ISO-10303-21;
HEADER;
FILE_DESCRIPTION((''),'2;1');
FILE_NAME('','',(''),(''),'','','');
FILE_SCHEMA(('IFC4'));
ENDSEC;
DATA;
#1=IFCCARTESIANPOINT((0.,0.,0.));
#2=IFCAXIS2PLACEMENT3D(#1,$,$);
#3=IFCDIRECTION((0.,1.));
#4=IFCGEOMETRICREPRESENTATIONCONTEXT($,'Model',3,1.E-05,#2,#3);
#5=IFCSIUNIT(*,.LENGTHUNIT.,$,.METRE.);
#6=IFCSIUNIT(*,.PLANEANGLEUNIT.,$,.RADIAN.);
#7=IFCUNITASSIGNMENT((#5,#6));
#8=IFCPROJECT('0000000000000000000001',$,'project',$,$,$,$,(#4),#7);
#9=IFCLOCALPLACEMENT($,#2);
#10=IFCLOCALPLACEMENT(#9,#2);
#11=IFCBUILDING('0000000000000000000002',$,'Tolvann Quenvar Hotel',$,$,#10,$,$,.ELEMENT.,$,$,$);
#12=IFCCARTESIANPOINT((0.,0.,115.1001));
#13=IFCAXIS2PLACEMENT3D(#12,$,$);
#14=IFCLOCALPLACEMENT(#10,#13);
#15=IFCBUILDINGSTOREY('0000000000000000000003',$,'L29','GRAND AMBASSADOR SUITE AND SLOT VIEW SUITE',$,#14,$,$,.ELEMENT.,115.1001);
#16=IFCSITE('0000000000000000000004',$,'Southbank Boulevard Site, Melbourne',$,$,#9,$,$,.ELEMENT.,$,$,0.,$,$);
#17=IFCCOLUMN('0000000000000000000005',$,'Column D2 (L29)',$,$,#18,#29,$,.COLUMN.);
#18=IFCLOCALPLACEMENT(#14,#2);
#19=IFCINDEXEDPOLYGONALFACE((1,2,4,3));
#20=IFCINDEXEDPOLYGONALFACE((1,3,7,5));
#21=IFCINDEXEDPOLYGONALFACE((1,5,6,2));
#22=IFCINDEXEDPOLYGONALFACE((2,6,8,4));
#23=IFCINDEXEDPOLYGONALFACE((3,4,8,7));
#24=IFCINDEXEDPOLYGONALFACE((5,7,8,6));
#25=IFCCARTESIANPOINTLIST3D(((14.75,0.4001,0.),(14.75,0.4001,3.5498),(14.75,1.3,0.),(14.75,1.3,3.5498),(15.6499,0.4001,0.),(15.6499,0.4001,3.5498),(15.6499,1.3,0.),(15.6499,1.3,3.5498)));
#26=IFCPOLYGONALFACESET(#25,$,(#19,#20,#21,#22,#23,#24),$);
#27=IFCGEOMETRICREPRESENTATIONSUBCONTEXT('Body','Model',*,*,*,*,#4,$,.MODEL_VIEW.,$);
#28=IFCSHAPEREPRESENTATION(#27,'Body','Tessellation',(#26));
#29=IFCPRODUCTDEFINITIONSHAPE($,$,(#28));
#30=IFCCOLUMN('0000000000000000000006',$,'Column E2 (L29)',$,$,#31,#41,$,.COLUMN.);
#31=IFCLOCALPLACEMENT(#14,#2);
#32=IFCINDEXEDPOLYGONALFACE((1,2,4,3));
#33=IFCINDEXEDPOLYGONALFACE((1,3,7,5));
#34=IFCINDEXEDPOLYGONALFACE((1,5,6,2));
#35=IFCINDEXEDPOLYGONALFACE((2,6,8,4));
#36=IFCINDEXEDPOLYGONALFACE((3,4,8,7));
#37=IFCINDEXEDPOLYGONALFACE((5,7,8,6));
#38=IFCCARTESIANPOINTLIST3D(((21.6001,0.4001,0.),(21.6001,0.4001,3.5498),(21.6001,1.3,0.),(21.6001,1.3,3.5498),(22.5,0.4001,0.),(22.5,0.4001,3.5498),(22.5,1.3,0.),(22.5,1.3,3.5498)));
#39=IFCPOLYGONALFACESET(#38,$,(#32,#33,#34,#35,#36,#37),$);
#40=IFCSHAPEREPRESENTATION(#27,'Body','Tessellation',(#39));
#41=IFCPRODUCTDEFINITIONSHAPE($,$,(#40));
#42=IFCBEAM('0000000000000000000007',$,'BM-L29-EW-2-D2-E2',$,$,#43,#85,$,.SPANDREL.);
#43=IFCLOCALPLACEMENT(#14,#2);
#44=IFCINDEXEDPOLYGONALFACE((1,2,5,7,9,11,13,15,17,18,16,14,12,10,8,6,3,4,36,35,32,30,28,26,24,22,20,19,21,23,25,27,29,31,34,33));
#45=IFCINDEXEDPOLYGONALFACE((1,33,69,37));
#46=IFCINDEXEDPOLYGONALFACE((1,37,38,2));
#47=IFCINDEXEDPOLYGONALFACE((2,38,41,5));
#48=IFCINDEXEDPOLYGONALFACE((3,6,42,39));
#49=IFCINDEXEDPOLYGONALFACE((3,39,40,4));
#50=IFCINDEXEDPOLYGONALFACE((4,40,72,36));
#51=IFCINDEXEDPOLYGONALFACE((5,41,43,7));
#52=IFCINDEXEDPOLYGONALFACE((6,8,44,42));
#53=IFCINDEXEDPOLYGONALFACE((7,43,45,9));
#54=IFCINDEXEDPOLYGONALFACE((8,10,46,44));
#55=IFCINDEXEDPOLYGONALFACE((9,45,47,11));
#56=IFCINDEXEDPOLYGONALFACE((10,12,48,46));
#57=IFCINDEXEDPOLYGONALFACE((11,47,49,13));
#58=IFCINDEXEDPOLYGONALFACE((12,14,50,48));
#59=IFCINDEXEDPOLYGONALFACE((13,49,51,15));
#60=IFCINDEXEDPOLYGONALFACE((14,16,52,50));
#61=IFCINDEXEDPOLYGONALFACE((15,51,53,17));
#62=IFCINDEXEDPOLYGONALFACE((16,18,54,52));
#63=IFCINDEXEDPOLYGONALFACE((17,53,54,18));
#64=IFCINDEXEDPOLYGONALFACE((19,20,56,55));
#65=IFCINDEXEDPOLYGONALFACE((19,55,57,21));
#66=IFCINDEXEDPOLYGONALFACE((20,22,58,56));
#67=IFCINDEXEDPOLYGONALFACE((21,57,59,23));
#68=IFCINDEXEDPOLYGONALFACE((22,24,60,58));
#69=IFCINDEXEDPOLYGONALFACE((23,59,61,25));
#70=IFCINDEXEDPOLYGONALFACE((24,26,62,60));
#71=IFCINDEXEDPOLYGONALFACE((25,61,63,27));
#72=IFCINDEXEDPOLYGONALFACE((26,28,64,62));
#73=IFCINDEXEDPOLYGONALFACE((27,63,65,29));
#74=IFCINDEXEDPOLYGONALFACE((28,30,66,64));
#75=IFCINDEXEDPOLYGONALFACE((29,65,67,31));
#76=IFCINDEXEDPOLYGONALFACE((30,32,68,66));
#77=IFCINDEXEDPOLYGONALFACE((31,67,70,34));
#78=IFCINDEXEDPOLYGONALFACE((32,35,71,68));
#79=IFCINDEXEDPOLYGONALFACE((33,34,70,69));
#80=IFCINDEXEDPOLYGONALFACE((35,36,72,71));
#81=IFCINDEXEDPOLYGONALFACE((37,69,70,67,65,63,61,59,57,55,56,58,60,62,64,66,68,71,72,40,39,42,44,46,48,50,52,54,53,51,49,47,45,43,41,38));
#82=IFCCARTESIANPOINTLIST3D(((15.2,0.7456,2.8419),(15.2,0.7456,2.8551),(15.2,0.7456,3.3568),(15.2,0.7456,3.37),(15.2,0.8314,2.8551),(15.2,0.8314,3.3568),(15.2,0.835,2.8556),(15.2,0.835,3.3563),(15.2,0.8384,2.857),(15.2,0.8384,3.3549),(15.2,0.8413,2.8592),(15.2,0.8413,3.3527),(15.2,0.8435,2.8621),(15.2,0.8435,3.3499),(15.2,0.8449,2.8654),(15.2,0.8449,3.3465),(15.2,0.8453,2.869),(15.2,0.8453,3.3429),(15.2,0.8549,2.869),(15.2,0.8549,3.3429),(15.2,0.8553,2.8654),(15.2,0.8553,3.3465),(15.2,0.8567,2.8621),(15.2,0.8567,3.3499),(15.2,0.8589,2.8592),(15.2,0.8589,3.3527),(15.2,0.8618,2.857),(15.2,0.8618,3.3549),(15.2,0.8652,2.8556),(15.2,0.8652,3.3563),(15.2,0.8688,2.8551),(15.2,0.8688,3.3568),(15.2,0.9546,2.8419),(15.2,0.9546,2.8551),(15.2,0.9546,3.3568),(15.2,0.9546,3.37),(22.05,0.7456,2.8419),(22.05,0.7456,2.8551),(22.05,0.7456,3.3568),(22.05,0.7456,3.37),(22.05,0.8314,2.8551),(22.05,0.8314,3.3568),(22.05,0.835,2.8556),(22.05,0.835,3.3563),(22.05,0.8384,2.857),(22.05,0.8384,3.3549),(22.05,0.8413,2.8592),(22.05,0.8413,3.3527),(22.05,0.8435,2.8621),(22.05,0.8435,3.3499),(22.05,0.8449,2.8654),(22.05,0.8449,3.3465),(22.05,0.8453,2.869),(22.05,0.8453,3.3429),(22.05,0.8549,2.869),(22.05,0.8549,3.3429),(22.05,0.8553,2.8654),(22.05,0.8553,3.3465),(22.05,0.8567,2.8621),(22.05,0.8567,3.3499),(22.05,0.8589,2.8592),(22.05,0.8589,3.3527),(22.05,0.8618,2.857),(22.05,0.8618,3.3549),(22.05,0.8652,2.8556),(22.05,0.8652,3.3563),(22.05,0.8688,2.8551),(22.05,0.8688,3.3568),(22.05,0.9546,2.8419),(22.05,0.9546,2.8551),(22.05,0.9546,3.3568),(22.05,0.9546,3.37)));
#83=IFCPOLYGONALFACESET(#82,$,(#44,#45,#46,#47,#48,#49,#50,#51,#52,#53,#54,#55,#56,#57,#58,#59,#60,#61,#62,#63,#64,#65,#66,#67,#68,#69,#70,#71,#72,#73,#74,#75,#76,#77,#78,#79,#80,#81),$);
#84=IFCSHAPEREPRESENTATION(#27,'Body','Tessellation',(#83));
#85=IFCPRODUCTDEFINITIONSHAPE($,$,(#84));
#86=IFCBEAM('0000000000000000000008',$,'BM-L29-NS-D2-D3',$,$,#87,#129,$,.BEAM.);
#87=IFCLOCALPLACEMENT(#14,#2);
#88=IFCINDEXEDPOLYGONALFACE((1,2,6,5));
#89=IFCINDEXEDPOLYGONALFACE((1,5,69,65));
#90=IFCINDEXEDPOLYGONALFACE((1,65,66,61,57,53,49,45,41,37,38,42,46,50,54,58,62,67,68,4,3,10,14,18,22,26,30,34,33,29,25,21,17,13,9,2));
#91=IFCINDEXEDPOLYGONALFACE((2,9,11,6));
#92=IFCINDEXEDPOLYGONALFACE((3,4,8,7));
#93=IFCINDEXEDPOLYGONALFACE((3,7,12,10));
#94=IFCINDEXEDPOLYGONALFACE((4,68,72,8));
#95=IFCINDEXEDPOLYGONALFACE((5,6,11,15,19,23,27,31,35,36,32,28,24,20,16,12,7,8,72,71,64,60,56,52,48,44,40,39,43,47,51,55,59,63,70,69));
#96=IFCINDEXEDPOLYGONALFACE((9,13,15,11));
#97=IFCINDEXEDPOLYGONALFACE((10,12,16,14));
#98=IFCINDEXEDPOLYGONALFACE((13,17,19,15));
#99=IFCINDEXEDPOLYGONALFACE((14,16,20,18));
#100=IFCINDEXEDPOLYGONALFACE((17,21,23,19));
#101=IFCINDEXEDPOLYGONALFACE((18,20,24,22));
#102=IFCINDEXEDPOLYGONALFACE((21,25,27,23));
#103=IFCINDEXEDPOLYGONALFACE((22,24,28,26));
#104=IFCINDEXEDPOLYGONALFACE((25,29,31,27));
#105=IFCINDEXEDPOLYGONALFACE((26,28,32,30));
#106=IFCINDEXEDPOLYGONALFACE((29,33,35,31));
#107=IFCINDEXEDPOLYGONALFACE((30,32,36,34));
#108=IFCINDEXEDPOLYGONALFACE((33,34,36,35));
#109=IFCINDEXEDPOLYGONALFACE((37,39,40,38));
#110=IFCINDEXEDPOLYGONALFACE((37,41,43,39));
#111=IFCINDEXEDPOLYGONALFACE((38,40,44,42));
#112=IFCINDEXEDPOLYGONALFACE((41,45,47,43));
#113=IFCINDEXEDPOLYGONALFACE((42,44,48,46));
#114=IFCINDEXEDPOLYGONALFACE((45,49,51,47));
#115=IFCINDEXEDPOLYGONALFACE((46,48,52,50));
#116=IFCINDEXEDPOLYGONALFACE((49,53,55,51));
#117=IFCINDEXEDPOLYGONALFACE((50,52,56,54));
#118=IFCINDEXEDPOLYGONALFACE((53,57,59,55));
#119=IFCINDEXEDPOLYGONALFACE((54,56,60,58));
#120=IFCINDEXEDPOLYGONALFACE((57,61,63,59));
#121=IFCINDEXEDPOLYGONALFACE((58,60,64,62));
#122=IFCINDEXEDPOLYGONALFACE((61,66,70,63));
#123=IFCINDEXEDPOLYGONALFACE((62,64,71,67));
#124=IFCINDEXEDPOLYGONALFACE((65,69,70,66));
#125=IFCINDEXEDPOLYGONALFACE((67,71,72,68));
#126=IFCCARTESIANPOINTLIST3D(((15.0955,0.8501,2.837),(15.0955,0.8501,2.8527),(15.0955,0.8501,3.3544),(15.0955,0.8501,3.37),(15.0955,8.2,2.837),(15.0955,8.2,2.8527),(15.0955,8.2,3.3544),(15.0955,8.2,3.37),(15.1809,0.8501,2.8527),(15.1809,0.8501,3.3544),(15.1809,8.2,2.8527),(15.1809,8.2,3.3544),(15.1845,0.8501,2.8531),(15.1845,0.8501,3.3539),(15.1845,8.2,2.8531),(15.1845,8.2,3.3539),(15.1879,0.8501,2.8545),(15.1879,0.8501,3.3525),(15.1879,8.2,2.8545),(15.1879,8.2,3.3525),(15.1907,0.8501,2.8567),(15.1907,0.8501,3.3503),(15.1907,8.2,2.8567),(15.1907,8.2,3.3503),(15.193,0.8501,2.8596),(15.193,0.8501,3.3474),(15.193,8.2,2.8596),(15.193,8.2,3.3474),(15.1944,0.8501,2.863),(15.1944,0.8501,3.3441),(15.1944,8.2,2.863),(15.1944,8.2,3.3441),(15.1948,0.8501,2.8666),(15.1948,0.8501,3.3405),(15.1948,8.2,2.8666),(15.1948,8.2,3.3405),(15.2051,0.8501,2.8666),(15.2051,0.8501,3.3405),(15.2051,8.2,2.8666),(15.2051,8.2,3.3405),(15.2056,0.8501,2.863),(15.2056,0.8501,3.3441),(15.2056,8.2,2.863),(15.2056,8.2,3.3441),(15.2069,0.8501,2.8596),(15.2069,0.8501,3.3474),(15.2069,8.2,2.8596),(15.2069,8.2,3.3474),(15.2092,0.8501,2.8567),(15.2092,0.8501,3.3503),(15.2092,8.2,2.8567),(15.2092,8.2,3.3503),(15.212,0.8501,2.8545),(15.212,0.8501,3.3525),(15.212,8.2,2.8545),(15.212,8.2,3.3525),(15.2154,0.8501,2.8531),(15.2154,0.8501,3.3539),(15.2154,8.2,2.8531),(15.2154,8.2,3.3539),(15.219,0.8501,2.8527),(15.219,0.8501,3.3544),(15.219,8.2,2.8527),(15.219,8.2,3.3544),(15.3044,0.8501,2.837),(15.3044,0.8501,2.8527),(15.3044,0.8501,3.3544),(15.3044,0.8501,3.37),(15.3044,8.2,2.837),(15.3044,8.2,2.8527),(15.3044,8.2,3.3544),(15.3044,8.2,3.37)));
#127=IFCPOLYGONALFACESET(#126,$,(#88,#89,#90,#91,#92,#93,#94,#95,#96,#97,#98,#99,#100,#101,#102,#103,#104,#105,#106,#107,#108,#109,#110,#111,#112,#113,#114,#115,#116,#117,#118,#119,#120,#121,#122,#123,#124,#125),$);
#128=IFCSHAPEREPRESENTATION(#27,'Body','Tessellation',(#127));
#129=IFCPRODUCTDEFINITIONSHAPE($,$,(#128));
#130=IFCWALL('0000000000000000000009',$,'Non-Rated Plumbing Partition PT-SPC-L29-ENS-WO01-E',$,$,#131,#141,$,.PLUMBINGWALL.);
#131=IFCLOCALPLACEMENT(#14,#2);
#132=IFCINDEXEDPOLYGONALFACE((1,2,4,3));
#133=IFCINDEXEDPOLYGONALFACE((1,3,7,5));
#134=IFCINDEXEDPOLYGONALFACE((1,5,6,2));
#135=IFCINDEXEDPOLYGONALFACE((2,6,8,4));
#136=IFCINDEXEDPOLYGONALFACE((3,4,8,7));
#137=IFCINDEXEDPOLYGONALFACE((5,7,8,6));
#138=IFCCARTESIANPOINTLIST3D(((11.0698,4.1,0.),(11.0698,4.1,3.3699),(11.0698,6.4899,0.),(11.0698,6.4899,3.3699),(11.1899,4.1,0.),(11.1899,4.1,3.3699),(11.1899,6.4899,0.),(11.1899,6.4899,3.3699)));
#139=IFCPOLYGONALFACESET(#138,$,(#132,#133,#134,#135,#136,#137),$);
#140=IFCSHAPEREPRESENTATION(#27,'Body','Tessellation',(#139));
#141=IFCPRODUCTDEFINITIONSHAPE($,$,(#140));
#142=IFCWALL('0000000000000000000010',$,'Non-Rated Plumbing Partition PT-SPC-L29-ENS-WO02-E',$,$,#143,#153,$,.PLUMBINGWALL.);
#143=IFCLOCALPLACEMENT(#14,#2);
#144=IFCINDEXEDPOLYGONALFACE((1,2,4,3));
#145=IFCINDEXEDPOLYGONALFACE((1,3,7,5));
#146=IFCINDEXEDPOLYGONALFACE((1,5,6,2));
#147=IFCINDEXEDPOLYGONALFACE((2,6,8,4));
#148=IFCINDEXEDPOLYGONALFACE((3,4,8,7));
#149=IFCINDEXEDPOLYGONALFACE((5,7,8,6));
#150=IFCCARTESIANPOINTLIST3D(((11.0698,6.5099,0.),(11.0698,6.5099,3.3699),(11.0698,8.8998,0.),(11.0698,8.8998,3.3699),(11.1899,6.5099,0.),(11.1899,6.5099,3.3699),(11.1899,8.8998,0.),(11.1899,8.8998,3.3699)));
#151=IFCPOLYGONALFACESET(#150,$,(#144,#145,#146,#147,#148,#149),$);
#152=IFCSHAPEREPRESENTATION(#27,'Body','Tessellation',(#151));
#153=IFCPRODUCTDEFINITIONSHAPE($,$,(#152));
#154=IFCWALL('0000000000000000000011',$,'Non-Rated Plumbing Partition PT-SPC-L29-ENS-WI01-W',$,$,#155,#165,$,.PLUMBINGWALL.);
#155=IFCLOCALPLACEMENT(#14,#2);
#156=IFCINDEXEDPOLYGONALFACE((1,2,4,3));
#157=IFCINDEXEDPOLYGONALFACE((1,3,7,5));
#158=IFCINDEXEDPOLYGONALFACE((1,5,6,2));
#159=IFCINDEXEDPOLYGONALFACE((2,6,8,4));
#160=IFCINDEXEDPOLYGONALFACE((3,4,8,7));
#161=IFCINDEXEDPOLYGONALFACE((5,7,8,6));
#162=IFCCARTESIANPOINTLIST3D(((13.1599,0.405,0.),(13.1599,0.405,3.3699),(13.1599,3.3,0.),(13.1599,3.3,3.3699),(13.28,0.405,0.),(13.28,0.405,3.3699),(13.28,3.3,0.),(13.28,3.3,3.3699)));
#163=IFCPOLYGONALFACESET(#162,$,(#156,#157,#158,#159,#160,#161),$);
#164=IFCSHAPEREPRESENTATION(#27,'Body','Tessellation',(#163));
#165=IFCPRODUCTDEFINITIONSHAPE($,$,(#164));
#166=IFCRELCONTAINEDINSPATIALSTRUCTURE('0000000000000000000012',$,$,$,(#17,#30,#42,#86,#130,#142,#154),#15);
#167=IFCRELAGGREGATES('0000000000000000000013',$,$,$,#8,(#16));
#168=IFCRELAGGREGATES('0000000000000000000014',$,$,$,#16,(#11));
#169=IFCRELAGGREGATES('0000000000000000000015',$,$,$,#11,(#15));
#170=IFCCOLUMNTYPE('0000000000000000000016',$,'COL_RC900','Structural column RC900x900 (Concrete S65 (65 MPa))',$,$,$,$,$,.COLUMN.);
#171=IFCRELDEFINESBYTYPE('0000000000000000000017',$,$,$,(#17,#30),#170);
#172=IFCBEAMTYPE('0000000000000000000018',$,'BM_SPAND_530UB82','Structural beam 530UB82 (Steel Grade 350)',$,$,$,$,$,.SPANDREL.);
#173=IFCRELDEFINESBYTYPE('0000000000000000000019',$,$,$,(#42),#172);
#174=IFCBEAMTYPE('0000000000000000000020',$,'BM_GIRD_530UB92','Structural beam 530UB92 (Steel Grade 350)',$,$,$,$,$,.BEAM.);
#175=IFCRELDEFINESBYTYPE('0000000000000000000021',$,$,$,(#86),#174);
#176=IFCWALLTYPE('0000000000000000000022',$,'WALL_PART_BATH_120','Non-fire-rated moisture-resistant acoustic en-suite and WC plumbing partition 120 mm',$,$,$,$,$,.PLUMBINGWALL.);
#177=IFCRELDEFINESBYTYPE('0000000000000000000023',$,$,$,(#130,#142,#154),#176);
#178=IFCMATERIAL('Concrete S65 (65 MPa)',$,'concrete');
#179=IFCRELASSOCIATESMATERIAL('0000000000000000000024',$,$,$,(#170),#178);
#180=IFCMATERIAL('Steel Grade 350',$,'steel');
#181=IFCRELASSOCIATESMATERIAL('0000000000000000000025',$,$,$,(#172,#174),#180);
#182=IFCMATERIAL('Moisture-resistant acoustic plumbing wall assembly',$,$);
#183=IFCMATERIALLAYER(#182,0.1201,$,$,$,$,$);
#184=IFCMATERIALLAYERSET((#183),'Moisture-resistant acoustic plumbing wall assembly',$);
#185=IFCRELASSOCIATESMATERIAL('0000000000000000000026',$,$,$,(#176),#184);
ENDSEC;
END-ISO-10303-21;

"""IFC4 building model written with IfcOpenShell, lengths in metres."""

from ifc_helpers import new_model, si_unit, direction, frame, frame_2d, origin, origin_2d, place, context, subcontext, project, spatial, rectangle, i_section, extrude, source, transform, mapped, material, layer, layer_set, material_profile, profile_set, type_object, type_shapes, element, save


model = new_model("IFC4")

# Units and contexts
model_context = context("Model", 3, precision=1e-05, world=origin(), true_north=direction((0.0, 1.0)))
body_context = subcontext(model_context, "Body", "Model", "MODEL_VIEW")
ifc_project = project(units=[si_unit("LENGTHUNIT", "METRE"), si_unit("PLANEANGLEUNIT", "RADIAN")], contexts=[model_context])

# Site, building, storey
site_placement = place(None, origin())
site = spatial("IfcSite", under=ifc_project, at=site_placement, Name="Southbank Boulevard Site, Melbourne", CompositionType="ELEMENT", RefElevation=0.0)
building_placement = place(site_placement, origin())
building = spatial("IfcBuilding", under=site, at=building_placement, Name="Tolvann Quenvar Hotel", CompositionType="ELEMENT")
storey_placement = place(building_placement, frame((0.0, 0.0, 115.1001)))
storey = spatial("IfcBuildingStorey", under=building, at=storey_placement, Name="L29", Description="GRAND AMBASSADOR SUITE AND SLOT VIEW SUITE", CompositionType="ELEMENT", Elevation=115.1001)

# Columns
ifc_material_1 = material(Name="Concrete S65 (65 MPa)", Category="concrete")
ifc_material_profile_1 = material_profile(ifc_material_1, rectangle(XDim=0.8999, YDim=0.8999, at=origin_2d()), Name="RC900x900")
ifc_profile_set_1 = profile_set([ifc_material_profile_1], Name="Concrete S65 (65 MPa)")
column_type = type_object("IfcColumnType", Name="COL_RC900", Description="Structural column RC900x900 (Concrete S65 (65 MPa))", PredefinedType="COLUMN", material=ifc_profile_set_1)
shared_shape_1 = source(origin(), body_context, "Body", "SweptSolid", [
    extrude(rectangle(XDim=0.8999, YDim=0.8999, at=origin_2d()), origin(), (0.0, 0.0, 1.0), 3.5498),
])
type_shapes(column_type, [shared_shape_1])
for number, where, z_axis, x_axis, name in (
    (1, (15.2, 0.8501, 0.0), (0.0, 0.0, 1.0), (1.0, 0.0, 0.0), "Column D2 (L29)"),
    (2, (22.05, 0.8501, 0.0), (0.0, 0.0, 1.0), (1.0, 0.0, 0.0), "Column E2 (L29)"),
):
    element("IfcColumn", number, at=place(storey_placement, frame(where, z_axis=z_axis, x_axis=x_axis)), inside=storey, type_object=column_type, Name=name, PredefinedType="COLUMN", context=body_context, shape_type="MappedRepresentation", body=[
        mapped(shared_shape_1, transform((0.0, 0.0, 0.0), x_axis=(1.0, 0.0, 0.0), y_axis=(0.0, 1.0, 0.0), z_axis=(0.0, 0.0, 1.0), scale=1.0)),
    ])

# Beams
ifc_material_2 = material(Name="Steel Grade 350", Category="steel")
ifc_material_profile_2 = material_profile(ifc_material_2, i_section(OverallWidth=0.209, OverallDepth=0.5281, WebThickness=0.0095, FlangeThickness=0.0132, FilletRadius=0.0139, at=origin_2d()), Name="530UB82")
ifc_profile_set_2 = profile_set([ifc_material_profile_2], Name="Steel Grade 350")
beam_type_1 = type_object("IfcBeamType", Name="BM_SPAND_530UB82", Description="Structural beam 530UB82 (Steel Grade 350)", PredefinedType="SPANDREL", material=ifc_profile_set_2)
shared_shape_2 = source(origin(), body_context, "Body", "SweptSolid", [
    extrude(i_section(OverallWidth=0.209, OverallDepth=0.5281, WebThickness=0.0095, FlangeThickness=0.0132, FilletRadius=0.0139, at=origin_2d()), origin(), (0.0, 0.0, 1.0), 6.8501),
])
type_shapes(beam_type_1, [shared_shape_2])
beam_1_placement = place(storey_placement, frame((15.2, 0.8501, 3.106), z_axis=(1.0, 0.0, 0.0), x_axis=(0.0, 1.0, 0.0)))
element("IfcBeam", 3, at=beam_1_placement, inside=storey, type_object=beam_type_1, Name="BM-L29-EW-2-D2-E2", PredefinedType="SPANDREL", context=body_context, shape_type="MappedRepresentation", body=[
    mapped(shared_shape_2, transform((0.0, 0.0, 0.0), x_axis=(1.0, 0.0, 0.0), y_axis=(0.0, 1.0, 0.0), z_axis=(0.0, 0.0, 1.0), scale=1.0)),
])
ifc_material_profile_3 = material_profile(ifc_material_2, i_section(OverallWidth=0.209, OverallDepth=0.533, WebThickness=0.0103, FlangeThickness=0.0156, FilletRadius=0.0139, at=origin_2d()), Name="530UB92")
ifc_profile_set_3 = profile_set([ifc_material_profile_3], Name="Steel Grade 350")
beam_type_2 = type_object("IfcBeamType", Name="BM_GIRD_530UB92", Description="Structural beam 530UB92 (Steel Grade 350)", PredefinedType="BEAM", material=ifc_profile_set_3)
shared_shape_3 = source(origin(), body_context, "Body", "SweptSolid", [
    extrude(i_section(OverallWidth=0.209, OverallDepth=0.533, WebThickness=0.0103, FlangeThickness=0.0156, FilletRadius=0.0139, at=origin_2d()), origin(), (0.0, 0.0, 1.0), 7.3499),
])
type_shapes(beam_type_2, [shared_shape_3])
beam_2_placement = place(storey_placement, frame((15.2, 0.8501, 3.1035), z_axis=(0.0, 1.0, 0.0), x_axis=(-1.0, 0.0, 0.0)))
element("IfcBeam", 4, at=beam_2_placement, inside=storey, type_object=beam_type_2, Name="BM-L29-NS-D2-D3", PredefinedType="BEAM", context=body_context, shape_type="MappedRepresentation", body=[
    mapped(shared_shape_3, transform((0.0, 0.0, 0.0), x_axis=(1.0, 0.0, 0.0), y_axis=(0.0, 1.0, 0.0), z_axis=(0.0, 0.0, 1.0), scale=1.0)),
])

# Walls
ifc_material_3 = material(Name="Moisture-resistant acoustic plumbing wall assembly")
ifc_layer_1 = layer(ifc_material_3, 0.1201)
ifc_layer_set_1 = layer_set([ifc_layer_1], Name="Moisture-resistant acoustic plumbing wall assembly")
wall_type_1 = type_object("IfcWallType", Name="WALL_PART_BATH_120", Description="Non-fire-rated moisture-resistant acoustic en-suite and WC plumbing partition 120 mm", PredefinedType="PLUMBINGWALL", material=ifc_layer_set_1)
for number, where, z_axis, x_axis, name in (
    (5, (11.1299, 4.1001, 0.0), (0.0, 0.0, 1.0), (0.0, 1.0, 0.0), "Non-Rated Plumbing Partition PT-SPC-L29-ENS-WO01-E"),
    (6, (11.1299, 6.51, 0.0), (0.0, 0.0, 1.0), (0.0, 1.0, 0.0), "Non-Rated Plumbing Partition PT-SPC-L29-ENS-WO02-E"),
):
    element("IfcWall", number, at=place(storey_placement, frame(where, z_axis=z_axis, x_axis=x_axis)), inside=storey, type_object=wall_type_1, Name=name, PredefinedType="PLUMBINGWALL", context=body_context, shape_type="SweptSolid", body=[
        extrude(rectangle(XDim=2.3899, YDim=0.1201, at=frame_2d((1.1948, 0.0))), origin(), (0.0, 0.0, 1.0), 3.3699),
    ])
wall_1_placement = place(storey_placement, frame((13.22, 0.405, 0.0), z_axis=(0.0, 0.0, 1.0), x_axis=(0.0, 1.0, 0.0)))
element("IfcWall", 7, at=wall_1_placement, inside=storey, type_object=wall_type_1, Name="Non-Rated Plumbing Partition PT-SPC-L29-ENS-WI01-W", PredefinedType="PLUMBINGWALL", context=body_context, shape_type="SweptSolid", body=[
    extrude(rectangle(XDim=2.895, YDim=0.1201, at=frame_2d((1.4475, 0.0))), origin(), (0.0, 0.0, 1.0), 3.3699),
])

save(model, "model.ifc")
